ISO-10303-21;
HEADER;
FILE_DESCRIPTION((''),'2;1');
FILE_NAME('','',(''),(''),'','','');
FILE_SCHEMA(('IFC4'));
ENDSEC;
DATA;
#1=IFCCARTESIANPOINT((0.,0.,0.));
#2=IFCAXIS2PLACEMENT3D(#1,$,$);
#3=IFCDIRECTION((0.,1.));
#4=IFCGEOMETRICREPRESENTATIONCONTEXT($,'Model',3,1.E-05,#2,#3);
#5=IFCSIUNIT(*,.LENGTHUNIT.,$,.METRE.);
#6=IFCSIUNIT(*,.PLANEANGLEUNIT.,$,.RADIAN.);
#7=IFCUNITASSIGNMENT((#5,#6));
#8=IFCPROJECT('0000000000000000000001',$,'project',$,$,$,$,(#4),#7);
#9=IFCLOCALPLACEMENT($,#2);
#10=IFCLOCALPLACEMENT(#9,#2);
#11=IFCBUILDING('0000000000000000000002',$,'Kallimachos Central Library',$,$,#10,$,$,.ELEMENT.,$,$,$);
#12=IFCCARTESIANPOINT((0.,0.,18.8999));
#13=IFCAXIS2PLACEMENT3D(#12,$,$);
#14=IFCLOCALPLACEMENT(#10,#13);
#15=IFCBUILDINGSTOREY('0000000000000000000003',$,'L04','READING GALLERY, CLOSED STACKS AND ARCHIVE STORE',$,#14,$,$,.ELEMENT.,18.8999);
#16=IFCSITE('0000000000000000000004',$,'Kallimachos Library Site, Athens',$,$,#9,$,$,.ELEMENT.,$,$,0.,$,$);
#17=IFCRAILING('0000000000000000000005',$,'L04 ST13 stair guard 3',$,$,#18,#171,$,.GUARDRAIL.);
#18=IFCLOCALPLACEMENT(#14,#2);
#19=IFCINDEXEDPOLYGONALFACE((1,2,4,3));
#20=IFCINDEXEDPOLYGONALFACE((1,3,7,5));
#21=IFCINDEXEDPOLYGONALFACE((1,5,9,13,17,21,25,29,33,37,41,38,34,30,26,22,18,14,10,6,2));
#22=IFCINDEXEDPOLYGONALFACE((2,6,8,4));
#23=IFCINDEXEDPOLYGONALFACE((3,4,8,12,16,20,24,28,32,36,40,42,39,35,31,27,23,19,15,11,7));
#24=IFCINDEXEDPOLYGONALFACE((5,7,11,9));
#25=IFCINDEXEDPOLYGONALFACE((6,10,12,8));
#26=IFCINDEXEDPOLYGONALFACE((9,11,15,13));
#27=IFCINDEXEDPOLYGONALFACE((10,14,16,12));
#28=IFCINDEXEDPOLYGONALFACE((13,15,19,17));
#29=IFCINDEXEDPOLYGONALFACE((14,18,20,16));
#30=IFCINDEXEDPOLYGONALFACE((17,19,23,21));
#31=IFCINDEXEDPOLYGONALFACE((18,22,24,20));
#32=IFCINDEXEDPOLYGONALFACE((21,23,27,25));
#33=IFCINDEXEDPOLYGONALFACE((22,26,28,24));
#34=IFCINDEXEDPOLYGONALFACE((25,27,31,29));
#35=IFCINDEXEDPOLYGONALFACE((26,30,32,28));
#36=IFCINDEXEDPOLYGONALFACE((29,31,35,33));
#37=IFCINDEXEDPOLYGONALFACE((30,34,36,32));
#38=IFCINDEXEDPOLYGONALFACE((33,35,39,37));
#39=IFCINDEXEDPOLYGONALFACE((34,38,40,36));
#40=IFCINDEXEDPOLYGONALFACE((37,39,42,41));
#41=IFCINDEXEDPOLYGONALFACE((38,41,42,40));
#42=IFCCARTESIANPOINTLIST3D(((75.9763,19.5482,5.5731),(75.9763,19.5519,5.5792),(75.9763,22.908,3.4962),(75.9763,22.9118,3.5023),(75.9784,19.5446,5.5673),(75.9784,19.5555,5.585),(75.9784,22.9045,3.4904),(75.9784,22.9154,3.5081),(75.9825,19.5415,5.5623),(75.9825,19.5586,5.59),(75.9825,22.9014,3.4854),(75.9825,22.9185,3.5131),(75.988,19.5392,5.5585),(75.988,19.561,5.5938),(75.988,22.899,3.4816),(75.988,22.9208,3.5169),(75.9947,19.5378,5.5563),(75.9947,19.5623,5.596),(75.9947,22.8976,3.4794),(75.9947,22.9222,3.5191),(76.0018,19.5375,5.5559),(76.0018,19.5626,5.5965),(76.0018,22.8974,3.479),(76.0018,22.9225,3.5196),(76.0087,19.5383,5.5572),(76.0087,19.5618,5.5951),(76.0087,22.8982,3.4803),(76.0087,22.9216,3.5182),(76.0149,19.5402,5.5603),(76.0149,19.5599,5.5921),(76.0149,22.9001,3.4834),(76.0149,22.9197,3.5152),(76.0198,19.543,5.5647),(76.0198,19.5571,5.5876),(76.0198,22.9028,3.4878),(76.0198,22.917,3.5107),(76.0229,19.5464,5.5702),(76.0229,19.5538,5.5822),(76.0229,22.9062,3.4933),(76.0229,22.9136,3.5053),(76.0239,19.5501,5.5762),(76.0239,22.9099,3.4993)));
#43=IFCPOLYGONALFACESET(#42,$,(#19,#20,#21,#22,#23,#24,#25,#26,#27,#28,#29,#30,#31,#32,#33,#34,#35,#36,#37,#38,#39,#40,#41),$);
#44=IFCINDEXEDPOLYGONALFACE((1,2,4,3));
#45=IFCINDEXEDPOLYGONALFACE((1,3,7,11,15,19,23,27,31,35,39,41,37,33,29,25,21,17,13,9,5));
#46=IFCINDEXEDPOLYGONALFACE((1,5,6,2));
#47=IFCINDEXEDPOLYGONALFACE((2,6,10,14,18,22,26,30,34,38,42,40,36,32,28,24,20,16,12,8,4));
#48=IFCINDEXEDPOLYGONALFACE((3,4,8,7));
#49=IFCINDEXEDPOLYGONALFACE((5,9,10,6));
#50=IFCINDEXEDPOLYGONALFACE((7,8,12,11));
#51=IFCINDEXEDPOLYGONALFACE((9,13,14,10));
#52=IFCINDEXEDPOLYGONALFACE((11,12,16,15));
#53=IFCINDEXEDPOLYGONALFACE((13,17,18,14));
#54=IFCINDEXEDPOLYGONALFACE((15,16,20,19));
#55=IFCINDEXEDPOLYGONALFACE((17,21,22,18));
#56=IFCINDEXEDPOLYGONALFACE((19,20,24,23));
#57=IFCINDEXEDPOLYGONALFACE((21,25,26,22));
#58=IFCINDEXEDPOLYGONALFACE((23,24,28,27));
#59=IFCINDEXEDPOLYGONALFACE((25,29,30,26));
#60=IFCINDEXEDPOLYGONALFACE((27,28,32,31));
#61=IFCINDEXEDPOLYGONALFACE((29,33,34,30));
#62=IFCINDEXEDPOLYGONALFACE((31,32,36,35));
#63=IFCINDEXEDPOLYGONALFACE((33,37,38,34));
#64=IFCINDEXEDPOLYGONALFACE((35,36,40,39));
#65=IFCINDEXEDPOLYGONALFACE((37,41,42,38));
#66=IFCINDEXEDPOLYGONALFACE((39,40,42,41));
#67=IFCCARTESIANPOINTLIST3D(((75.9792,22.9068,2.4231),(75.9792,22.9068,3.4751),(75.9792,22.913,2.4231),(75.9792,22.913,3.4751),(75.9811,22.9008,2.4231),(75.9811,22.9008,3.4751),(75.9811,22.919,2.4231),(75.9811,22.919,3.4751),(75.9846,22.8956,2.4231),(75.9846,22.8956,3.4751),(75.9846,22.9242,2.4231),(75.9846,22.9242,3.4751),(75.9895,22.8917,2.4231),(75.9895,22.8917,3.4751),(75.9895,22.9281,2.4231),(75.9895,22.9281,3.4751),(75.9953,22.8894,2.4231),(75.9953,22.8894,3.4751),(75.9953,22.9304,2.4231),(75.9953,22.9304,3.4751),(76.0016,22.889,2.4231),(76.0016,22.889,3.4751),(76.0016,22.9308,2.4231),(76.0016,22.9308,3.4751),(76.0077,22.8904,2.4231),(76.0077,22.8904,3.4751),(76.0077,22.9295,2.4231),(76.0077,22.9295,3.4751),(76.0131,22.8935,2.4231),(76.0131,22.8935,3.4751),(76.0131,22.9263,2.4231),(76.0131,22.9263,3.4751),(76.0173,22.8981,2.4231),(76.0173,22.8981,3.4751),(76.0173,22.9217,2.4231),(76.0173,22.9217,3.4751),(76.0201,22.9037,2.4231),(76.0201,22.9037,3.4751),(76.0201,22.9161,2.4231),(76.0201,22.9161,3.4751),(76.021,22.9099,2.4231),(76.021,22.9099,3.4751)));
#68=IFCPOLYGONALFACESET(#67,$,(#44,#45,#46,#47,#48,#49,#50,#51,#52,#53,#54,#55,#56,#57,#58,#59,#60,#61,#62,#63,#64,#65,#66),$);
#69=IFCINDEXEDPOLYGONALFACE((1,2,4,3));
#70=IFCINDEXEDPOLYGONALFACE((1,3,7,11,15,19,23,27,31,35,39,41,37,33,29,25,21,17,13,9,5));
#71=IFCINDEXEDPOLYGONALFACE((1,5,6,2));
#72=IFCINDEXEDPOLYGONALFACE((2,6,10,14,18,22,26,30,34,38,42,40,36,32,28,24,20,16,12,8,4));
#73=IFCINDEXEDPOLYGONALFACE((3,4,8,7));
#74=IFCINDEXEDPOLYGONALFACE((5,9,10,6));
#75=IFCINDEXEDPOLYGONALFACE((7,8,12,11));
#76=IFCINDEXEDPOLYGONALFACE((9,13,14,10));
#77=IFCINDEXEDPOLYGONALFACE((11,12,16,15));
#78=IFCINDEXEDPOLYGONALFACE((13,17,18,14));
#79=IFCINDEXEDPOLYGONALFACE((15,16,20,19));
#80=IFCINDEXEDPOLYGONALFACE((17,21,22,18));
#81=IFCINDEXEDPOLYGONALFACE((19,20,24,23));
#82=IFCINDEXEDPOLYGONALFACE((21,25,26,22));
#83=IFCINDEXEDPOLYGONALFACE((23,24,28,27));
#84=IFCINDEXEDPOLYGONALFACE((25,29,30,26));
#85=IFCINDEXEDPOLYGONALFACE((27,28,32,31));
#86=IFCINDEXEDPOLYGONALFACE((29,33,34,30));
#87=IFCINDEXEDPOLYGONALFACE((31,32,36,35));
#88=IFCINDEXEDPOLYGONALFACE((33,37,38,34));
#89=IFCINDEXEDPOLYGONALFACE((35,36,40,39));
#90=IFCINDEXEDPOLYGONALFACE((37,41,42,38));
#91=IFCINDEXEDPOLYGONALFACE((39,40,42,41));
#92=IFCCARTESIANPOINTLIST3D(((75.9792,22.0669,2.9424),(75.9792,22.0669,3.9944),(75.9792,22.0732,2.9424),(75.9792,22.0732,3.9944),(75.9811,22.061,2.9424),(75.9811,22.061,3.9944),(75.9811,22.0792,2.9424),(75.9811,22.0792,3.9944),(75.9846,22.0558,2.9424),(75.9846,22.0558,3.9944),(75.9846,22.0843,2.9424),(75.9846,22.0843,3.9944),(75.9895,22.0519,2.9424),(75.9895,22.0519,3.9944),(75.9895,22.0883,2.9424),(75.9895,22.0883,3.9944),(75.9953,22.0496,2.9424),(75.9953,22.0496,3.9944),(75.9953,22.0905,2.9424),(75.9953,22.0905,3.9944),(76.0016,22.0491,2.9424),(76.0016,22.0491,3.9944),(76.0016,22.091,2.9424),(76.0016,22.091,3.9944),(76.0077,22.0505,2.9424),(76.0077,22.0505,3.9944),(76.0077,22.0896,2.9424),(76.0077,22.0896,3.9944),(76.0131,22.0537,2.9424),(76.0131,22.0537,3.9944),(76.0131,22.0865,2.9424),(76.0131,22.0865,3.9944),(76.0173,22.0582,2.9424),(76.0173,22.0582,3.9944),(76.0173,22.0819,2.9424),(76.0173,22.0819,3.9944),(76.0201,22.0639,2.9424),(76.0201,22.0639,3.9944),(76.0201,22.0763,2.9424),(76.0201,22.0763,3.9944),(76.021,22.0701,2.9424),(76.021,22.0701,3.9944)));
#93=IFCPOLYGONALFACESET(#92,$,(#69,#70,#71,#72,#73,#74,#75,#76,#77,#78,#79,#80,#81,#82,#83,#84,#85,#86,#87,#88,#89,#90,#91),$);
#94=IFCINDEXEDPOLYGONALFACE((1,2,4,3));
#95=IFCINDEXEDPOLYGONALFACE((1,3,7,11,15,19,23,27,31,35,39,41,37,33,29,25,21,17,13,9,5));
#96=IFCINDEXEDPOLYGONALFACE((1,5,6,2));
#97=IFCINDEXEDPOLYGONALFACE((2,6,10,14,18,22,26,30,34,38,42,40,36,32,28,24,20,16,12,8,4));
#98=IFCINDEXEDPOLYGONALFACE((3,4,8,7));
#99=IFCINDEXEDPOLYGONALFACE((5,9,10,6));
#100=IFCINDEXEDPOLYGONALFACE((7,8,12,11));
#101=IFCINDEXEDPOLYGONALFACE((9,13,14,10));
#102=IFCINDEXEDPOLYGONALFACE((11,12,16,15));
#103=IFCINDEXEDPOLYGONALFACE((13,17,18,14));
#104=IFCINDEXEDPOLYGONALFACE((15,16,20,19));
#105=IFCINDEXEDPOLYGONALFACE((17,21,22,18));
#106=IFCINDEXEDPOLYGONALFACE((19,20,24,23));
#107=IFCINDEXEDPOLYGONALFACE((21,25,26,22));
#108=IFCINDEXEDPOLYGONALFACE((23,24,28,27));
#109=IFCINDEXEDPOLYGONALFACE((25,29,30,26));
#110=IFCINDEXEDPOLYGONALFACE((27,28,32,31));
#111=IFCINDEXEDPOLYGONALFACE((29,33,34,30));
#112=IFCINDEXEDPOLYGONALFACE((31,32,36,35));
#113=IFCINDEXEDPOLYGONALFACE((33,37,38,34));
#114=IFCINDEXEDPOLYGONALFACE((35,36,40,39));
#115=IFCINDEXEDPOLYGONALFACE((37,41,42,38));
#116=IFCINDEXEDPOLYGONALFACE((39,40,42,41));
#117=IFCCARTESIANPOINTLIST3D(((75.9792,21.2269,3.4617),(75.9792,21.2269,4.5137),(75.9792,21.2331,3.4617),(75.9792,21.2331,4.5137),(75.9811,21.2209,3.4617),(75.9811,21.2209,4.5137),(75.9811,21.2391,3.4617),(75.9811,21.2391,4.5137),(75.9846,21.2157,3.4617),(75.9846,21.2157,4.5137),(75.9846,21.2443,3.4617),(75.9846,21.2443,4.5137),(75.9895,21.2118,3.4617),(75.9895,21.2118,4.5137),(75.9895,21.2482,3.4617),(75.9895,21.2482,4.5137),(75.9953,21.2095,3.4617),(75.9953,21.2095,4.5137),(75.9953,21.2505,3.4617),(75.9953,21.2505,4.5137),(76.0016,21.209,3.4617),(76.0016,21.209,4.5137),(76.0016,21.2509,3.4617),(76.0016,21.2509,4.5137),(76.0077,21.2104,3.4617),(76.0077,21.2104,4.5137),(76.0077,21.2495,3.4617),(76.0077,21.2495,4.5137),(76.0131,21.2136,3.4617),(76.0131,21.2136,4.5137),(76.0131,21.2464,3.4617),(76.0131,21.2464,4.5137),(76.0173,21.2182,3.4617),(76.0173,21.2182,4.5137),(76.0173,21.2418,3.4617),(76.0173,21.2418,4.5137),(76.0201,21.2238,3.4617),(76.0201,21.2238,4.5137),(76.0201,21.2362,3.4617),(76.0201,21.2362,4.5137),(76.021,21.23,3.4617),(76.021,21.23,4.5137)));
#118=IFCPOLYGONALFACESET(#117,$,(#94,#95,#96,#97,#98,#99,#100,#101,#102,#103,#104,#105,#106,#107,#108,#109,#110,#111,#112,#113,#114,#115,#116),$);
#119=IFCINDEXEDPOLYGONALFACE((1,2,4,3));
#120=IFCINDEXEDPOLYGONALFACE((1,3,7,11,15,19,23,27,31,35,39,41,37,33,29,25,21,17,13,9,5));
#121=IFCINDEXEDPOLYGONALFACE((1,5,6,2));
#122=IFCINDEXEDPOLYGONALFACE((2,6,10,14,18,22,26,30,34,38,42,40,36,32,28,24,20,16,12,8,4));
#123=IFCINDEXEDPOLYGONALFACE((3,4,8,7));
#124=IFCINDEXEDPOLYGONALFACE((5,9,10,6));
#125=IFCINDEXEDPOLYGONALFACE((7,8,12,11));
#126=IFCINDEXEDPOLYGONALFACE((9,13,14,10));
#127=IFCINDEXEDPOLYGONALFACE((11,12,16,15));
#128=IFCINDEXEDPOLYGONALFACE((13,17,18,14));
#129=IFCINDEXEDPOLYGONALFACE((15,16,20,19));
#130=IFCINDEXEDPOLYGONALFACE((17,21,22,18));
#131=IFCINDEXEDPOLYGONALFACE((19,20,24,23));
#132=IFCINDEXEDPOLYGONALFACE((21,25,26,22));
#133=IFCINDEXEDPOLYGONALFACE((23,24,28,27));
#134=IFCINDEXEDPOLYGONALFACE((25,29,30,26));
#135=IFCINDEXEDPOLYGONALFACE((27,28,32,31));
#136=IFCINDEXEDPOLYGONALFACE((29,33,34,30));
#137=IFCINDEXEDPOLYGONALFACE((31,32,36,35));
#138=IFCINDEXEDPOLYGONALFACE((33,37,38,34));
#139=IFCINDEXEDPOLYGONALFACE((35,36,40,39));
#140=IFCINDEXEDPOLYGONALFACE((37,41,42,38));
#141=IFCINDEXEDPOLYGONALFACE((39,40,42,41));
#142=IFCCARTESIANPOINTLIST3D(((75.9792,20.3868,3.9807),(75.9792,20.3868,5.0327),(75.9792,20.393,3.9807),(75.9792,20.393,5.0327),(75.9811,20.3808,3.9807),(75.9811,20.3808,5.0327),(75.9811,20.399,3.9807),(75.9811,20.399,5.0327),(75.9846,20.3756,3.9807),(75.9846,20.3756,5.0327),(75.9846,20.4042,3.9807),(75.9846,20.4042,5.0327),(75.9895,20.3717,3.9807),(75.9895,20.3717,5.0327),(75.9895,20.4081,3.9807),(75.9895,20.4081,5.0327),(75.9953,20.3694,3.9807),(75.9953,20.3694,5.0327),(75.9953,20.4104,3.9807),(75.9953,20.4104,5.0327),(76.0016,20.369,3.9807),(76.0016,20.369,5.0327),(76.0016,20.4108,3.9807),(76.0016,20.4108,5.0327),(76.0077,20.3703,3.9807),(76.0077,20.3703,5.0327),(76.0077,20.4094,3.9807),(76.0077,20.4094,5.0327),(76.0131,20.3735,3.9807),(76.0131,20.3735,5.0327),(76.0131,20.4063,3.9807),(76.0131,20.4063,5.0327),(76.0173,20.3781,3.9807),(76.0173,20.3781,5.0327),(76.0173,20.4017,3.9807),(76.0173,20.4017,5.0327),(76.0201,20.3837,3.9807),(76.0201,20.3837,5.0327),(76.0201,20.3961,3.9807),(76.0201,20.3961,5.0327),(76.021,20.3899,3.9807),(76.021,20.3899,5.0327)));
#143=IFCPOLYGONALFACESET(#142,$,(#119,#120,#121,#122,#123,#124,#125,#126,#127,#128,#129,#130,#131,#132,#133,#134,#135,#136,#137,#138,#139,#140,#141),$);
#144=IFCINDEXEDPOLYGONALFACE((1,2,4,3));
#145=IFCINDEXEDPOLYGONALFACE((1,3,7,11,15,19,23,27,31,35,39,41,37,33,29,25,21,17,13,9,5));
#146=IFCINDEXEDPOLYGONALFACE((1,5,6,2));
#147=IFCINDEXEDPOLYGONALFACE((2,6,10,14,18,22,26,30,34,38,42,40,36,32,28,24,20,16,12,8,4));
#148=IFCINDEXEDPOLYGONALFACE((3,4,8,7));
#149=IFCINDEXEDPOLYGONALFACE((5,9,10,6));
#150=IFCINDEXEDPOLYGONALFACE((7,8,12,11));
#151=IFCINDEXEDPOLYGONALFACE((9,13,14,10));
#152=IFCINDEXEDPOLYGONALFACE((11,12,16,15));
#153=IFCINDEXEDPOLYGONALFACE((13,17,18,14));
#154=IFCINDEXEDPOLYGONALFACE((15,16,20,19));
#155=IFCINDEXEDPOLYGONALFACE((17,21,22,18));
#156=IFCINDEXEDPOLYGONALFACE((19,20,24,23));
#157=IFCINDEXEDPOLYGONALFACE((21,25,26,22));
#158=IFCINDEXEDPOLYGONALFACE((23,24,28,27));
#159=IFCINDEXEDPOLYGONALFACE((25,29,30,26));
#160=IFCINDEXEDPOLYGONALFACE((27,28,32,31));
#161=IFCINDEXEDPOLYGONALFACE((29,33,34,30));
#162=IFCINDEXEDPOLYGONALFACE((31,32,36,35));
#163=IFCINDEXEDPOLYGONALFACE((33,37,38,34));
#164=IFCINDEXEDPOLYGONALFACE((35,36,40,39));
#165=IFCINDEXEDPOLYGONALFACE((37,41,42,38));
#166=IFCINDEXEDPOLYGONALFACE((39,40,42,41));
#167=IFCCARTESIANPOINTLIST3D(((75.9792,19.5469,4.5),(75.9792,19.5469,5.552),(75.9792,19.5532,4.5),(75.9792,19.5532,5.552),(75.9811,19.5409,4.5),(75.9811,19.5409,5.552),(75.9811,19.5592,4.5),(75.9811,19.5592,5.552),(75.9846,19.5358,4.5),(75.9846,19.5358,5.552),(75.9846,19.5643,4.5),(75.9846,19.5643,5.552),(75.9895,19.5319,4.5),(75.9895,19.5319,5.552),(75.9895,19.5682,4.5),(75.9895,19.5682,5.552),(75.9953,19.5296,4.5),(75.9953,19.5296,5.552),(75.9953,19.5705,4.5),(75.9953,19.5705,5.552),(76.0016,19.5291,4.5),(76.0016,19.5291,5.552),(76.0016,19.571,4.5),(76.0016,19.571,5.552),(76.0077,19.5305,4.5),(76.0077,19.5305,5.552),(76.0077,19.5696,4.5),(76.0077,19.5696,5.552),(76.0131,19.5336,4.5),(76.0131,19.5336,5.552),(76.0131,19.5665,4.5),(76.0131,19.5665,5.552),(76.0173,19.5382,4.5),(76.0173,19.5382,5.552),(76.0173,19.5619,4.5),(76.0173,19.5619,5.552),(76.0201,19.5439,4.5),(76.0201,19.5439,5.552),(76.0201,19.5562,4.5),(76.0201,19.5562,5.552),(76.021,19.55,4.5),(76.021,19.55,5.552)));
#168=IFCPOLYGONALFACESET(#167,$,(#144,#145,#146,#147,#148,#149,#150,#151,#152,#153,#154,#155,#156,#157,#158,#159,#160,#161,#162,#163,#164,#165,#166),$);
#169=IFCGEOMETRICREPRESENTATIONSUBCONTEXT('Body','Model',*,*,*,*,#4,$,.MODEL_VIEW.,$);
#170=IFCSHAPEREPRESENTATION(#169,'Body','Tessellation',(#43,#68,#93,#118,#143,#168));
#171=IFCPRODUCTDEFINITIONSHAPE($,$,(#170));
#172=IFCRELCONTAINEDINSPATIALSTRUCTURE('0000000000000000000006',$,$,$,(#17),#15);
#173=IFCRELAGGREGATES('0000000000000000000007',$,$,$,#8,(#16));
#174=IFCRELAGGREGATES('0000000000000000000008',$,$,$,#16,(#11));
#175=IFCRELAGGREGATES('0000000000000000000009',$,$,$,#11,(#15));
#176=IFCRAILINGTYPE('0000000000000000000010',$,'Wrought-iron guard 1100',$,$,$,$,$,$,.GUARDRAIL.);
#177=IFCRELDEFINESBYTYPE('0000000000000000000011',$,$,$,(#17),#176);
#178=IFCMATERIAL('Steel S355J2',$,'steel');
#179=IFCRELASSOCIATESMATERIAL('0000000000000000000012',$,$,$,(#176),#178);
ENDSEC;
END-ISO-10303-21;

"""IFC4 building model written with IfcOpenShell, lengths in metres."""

from ifc_helpers import new_model, si_unit, direction, frame, origin, origin_2d, place, context, subcontext, project, spatial, circle, extrude, material, type_object, element, save


model = new_model("IFC4")

# Units and contexts
model_context = context("Model", 3, precision=1e-05, world=origin(), true_north=direction((0.0, 1.0)))
body_context = subcontext(model_context, "Body", "Model", "MODEL_VIEW")
ifc_project = project(units=[si_unit("LENGTHUNIT", "METRE"), si_unit("PLANEANGLEUNIT", "RADIAN")], contexts=[model_context])

# Site, building, storey
site_placement = place(None, origin())
site = spatial("IfcSite", under=ifc_project, at=site_placement, Name="Kallimachos Library Site, Athens", CompositionType="ELEMENT", RefElevation=0.0)
building_placement = place(site_placement, origin())
building = spatial("IfcBuilding", under=site, at=building_placement, Name="Kallimachos Central Library", CompositionType="ELEMENT")
storey_placement = place(building_placement, frame((0.0, 0.0, 18.8999)))
storey = spatial("IfcBuildingStorey", under=building, at=storey_placement, Name="L04", Description="READING GALLERY, CLOSED STACKS AND ARCHIVE STORE", CompositionType="ELEMENT", Elevation=18.8999)

# Railing
ifc_material_1 = material(Name="Steel S355J2", Category="steel")
railing_type_1 = type_object("IfcRailingType", Name="Wrought-iron guard 1100", PredefinedType="GUARDRAIL", material=ifc_material_1)
railing_1_placement = place(storey_placement, frame((76.0, 22.9099, 2.4231)))
element("IfcRailing", 1, at=railing_1_placement, inside=storey, type_object=railing_type_1, Name="L04 ST13 stair guard 3", PredefinedType="GUARDRAIL", context=body_context, shape_type="SweptSolid", body=[
    extrude(circle(Radius=0.0239, at=origin_2d()), frame((0.0, 0.0, 1.0762), z_axis=(0.0, -0.850606, 0.525803), x_axis=(1.0, 0.0, 0.0)), (0.0, 0.0, 1.0), 3.95),
    extrude(circle(Radius=0.021, at=origin_2d()), origin(), (0.0, 0.0, 1.0), 1.052),
    extrude(circle(Radius=0.021, at=origin_2d()), frame((0.0, -0.8398, 0.5193)), (0.0, 0.0, 1.0), 1.052),
    extrude(circle(Radius=0.021, at=origin_2d()), frame((0.0, -1.6799, 1.0386)), (0.0, 0.0, 1.0), 1.052),
    extrude(circle(Radius=0.021, at=origin_2d()), frame((0.0, -2.52, 1.5576)), (0.0, 0.0, 1.0), 1.052),
    extrude(circle(Radius=0.021, at=origin_2d()), frame((0.0, -3.3599, 2.0769)), (0.0, 0.0, 1.0), 1.052),
])

save(model, "model.ifc")
